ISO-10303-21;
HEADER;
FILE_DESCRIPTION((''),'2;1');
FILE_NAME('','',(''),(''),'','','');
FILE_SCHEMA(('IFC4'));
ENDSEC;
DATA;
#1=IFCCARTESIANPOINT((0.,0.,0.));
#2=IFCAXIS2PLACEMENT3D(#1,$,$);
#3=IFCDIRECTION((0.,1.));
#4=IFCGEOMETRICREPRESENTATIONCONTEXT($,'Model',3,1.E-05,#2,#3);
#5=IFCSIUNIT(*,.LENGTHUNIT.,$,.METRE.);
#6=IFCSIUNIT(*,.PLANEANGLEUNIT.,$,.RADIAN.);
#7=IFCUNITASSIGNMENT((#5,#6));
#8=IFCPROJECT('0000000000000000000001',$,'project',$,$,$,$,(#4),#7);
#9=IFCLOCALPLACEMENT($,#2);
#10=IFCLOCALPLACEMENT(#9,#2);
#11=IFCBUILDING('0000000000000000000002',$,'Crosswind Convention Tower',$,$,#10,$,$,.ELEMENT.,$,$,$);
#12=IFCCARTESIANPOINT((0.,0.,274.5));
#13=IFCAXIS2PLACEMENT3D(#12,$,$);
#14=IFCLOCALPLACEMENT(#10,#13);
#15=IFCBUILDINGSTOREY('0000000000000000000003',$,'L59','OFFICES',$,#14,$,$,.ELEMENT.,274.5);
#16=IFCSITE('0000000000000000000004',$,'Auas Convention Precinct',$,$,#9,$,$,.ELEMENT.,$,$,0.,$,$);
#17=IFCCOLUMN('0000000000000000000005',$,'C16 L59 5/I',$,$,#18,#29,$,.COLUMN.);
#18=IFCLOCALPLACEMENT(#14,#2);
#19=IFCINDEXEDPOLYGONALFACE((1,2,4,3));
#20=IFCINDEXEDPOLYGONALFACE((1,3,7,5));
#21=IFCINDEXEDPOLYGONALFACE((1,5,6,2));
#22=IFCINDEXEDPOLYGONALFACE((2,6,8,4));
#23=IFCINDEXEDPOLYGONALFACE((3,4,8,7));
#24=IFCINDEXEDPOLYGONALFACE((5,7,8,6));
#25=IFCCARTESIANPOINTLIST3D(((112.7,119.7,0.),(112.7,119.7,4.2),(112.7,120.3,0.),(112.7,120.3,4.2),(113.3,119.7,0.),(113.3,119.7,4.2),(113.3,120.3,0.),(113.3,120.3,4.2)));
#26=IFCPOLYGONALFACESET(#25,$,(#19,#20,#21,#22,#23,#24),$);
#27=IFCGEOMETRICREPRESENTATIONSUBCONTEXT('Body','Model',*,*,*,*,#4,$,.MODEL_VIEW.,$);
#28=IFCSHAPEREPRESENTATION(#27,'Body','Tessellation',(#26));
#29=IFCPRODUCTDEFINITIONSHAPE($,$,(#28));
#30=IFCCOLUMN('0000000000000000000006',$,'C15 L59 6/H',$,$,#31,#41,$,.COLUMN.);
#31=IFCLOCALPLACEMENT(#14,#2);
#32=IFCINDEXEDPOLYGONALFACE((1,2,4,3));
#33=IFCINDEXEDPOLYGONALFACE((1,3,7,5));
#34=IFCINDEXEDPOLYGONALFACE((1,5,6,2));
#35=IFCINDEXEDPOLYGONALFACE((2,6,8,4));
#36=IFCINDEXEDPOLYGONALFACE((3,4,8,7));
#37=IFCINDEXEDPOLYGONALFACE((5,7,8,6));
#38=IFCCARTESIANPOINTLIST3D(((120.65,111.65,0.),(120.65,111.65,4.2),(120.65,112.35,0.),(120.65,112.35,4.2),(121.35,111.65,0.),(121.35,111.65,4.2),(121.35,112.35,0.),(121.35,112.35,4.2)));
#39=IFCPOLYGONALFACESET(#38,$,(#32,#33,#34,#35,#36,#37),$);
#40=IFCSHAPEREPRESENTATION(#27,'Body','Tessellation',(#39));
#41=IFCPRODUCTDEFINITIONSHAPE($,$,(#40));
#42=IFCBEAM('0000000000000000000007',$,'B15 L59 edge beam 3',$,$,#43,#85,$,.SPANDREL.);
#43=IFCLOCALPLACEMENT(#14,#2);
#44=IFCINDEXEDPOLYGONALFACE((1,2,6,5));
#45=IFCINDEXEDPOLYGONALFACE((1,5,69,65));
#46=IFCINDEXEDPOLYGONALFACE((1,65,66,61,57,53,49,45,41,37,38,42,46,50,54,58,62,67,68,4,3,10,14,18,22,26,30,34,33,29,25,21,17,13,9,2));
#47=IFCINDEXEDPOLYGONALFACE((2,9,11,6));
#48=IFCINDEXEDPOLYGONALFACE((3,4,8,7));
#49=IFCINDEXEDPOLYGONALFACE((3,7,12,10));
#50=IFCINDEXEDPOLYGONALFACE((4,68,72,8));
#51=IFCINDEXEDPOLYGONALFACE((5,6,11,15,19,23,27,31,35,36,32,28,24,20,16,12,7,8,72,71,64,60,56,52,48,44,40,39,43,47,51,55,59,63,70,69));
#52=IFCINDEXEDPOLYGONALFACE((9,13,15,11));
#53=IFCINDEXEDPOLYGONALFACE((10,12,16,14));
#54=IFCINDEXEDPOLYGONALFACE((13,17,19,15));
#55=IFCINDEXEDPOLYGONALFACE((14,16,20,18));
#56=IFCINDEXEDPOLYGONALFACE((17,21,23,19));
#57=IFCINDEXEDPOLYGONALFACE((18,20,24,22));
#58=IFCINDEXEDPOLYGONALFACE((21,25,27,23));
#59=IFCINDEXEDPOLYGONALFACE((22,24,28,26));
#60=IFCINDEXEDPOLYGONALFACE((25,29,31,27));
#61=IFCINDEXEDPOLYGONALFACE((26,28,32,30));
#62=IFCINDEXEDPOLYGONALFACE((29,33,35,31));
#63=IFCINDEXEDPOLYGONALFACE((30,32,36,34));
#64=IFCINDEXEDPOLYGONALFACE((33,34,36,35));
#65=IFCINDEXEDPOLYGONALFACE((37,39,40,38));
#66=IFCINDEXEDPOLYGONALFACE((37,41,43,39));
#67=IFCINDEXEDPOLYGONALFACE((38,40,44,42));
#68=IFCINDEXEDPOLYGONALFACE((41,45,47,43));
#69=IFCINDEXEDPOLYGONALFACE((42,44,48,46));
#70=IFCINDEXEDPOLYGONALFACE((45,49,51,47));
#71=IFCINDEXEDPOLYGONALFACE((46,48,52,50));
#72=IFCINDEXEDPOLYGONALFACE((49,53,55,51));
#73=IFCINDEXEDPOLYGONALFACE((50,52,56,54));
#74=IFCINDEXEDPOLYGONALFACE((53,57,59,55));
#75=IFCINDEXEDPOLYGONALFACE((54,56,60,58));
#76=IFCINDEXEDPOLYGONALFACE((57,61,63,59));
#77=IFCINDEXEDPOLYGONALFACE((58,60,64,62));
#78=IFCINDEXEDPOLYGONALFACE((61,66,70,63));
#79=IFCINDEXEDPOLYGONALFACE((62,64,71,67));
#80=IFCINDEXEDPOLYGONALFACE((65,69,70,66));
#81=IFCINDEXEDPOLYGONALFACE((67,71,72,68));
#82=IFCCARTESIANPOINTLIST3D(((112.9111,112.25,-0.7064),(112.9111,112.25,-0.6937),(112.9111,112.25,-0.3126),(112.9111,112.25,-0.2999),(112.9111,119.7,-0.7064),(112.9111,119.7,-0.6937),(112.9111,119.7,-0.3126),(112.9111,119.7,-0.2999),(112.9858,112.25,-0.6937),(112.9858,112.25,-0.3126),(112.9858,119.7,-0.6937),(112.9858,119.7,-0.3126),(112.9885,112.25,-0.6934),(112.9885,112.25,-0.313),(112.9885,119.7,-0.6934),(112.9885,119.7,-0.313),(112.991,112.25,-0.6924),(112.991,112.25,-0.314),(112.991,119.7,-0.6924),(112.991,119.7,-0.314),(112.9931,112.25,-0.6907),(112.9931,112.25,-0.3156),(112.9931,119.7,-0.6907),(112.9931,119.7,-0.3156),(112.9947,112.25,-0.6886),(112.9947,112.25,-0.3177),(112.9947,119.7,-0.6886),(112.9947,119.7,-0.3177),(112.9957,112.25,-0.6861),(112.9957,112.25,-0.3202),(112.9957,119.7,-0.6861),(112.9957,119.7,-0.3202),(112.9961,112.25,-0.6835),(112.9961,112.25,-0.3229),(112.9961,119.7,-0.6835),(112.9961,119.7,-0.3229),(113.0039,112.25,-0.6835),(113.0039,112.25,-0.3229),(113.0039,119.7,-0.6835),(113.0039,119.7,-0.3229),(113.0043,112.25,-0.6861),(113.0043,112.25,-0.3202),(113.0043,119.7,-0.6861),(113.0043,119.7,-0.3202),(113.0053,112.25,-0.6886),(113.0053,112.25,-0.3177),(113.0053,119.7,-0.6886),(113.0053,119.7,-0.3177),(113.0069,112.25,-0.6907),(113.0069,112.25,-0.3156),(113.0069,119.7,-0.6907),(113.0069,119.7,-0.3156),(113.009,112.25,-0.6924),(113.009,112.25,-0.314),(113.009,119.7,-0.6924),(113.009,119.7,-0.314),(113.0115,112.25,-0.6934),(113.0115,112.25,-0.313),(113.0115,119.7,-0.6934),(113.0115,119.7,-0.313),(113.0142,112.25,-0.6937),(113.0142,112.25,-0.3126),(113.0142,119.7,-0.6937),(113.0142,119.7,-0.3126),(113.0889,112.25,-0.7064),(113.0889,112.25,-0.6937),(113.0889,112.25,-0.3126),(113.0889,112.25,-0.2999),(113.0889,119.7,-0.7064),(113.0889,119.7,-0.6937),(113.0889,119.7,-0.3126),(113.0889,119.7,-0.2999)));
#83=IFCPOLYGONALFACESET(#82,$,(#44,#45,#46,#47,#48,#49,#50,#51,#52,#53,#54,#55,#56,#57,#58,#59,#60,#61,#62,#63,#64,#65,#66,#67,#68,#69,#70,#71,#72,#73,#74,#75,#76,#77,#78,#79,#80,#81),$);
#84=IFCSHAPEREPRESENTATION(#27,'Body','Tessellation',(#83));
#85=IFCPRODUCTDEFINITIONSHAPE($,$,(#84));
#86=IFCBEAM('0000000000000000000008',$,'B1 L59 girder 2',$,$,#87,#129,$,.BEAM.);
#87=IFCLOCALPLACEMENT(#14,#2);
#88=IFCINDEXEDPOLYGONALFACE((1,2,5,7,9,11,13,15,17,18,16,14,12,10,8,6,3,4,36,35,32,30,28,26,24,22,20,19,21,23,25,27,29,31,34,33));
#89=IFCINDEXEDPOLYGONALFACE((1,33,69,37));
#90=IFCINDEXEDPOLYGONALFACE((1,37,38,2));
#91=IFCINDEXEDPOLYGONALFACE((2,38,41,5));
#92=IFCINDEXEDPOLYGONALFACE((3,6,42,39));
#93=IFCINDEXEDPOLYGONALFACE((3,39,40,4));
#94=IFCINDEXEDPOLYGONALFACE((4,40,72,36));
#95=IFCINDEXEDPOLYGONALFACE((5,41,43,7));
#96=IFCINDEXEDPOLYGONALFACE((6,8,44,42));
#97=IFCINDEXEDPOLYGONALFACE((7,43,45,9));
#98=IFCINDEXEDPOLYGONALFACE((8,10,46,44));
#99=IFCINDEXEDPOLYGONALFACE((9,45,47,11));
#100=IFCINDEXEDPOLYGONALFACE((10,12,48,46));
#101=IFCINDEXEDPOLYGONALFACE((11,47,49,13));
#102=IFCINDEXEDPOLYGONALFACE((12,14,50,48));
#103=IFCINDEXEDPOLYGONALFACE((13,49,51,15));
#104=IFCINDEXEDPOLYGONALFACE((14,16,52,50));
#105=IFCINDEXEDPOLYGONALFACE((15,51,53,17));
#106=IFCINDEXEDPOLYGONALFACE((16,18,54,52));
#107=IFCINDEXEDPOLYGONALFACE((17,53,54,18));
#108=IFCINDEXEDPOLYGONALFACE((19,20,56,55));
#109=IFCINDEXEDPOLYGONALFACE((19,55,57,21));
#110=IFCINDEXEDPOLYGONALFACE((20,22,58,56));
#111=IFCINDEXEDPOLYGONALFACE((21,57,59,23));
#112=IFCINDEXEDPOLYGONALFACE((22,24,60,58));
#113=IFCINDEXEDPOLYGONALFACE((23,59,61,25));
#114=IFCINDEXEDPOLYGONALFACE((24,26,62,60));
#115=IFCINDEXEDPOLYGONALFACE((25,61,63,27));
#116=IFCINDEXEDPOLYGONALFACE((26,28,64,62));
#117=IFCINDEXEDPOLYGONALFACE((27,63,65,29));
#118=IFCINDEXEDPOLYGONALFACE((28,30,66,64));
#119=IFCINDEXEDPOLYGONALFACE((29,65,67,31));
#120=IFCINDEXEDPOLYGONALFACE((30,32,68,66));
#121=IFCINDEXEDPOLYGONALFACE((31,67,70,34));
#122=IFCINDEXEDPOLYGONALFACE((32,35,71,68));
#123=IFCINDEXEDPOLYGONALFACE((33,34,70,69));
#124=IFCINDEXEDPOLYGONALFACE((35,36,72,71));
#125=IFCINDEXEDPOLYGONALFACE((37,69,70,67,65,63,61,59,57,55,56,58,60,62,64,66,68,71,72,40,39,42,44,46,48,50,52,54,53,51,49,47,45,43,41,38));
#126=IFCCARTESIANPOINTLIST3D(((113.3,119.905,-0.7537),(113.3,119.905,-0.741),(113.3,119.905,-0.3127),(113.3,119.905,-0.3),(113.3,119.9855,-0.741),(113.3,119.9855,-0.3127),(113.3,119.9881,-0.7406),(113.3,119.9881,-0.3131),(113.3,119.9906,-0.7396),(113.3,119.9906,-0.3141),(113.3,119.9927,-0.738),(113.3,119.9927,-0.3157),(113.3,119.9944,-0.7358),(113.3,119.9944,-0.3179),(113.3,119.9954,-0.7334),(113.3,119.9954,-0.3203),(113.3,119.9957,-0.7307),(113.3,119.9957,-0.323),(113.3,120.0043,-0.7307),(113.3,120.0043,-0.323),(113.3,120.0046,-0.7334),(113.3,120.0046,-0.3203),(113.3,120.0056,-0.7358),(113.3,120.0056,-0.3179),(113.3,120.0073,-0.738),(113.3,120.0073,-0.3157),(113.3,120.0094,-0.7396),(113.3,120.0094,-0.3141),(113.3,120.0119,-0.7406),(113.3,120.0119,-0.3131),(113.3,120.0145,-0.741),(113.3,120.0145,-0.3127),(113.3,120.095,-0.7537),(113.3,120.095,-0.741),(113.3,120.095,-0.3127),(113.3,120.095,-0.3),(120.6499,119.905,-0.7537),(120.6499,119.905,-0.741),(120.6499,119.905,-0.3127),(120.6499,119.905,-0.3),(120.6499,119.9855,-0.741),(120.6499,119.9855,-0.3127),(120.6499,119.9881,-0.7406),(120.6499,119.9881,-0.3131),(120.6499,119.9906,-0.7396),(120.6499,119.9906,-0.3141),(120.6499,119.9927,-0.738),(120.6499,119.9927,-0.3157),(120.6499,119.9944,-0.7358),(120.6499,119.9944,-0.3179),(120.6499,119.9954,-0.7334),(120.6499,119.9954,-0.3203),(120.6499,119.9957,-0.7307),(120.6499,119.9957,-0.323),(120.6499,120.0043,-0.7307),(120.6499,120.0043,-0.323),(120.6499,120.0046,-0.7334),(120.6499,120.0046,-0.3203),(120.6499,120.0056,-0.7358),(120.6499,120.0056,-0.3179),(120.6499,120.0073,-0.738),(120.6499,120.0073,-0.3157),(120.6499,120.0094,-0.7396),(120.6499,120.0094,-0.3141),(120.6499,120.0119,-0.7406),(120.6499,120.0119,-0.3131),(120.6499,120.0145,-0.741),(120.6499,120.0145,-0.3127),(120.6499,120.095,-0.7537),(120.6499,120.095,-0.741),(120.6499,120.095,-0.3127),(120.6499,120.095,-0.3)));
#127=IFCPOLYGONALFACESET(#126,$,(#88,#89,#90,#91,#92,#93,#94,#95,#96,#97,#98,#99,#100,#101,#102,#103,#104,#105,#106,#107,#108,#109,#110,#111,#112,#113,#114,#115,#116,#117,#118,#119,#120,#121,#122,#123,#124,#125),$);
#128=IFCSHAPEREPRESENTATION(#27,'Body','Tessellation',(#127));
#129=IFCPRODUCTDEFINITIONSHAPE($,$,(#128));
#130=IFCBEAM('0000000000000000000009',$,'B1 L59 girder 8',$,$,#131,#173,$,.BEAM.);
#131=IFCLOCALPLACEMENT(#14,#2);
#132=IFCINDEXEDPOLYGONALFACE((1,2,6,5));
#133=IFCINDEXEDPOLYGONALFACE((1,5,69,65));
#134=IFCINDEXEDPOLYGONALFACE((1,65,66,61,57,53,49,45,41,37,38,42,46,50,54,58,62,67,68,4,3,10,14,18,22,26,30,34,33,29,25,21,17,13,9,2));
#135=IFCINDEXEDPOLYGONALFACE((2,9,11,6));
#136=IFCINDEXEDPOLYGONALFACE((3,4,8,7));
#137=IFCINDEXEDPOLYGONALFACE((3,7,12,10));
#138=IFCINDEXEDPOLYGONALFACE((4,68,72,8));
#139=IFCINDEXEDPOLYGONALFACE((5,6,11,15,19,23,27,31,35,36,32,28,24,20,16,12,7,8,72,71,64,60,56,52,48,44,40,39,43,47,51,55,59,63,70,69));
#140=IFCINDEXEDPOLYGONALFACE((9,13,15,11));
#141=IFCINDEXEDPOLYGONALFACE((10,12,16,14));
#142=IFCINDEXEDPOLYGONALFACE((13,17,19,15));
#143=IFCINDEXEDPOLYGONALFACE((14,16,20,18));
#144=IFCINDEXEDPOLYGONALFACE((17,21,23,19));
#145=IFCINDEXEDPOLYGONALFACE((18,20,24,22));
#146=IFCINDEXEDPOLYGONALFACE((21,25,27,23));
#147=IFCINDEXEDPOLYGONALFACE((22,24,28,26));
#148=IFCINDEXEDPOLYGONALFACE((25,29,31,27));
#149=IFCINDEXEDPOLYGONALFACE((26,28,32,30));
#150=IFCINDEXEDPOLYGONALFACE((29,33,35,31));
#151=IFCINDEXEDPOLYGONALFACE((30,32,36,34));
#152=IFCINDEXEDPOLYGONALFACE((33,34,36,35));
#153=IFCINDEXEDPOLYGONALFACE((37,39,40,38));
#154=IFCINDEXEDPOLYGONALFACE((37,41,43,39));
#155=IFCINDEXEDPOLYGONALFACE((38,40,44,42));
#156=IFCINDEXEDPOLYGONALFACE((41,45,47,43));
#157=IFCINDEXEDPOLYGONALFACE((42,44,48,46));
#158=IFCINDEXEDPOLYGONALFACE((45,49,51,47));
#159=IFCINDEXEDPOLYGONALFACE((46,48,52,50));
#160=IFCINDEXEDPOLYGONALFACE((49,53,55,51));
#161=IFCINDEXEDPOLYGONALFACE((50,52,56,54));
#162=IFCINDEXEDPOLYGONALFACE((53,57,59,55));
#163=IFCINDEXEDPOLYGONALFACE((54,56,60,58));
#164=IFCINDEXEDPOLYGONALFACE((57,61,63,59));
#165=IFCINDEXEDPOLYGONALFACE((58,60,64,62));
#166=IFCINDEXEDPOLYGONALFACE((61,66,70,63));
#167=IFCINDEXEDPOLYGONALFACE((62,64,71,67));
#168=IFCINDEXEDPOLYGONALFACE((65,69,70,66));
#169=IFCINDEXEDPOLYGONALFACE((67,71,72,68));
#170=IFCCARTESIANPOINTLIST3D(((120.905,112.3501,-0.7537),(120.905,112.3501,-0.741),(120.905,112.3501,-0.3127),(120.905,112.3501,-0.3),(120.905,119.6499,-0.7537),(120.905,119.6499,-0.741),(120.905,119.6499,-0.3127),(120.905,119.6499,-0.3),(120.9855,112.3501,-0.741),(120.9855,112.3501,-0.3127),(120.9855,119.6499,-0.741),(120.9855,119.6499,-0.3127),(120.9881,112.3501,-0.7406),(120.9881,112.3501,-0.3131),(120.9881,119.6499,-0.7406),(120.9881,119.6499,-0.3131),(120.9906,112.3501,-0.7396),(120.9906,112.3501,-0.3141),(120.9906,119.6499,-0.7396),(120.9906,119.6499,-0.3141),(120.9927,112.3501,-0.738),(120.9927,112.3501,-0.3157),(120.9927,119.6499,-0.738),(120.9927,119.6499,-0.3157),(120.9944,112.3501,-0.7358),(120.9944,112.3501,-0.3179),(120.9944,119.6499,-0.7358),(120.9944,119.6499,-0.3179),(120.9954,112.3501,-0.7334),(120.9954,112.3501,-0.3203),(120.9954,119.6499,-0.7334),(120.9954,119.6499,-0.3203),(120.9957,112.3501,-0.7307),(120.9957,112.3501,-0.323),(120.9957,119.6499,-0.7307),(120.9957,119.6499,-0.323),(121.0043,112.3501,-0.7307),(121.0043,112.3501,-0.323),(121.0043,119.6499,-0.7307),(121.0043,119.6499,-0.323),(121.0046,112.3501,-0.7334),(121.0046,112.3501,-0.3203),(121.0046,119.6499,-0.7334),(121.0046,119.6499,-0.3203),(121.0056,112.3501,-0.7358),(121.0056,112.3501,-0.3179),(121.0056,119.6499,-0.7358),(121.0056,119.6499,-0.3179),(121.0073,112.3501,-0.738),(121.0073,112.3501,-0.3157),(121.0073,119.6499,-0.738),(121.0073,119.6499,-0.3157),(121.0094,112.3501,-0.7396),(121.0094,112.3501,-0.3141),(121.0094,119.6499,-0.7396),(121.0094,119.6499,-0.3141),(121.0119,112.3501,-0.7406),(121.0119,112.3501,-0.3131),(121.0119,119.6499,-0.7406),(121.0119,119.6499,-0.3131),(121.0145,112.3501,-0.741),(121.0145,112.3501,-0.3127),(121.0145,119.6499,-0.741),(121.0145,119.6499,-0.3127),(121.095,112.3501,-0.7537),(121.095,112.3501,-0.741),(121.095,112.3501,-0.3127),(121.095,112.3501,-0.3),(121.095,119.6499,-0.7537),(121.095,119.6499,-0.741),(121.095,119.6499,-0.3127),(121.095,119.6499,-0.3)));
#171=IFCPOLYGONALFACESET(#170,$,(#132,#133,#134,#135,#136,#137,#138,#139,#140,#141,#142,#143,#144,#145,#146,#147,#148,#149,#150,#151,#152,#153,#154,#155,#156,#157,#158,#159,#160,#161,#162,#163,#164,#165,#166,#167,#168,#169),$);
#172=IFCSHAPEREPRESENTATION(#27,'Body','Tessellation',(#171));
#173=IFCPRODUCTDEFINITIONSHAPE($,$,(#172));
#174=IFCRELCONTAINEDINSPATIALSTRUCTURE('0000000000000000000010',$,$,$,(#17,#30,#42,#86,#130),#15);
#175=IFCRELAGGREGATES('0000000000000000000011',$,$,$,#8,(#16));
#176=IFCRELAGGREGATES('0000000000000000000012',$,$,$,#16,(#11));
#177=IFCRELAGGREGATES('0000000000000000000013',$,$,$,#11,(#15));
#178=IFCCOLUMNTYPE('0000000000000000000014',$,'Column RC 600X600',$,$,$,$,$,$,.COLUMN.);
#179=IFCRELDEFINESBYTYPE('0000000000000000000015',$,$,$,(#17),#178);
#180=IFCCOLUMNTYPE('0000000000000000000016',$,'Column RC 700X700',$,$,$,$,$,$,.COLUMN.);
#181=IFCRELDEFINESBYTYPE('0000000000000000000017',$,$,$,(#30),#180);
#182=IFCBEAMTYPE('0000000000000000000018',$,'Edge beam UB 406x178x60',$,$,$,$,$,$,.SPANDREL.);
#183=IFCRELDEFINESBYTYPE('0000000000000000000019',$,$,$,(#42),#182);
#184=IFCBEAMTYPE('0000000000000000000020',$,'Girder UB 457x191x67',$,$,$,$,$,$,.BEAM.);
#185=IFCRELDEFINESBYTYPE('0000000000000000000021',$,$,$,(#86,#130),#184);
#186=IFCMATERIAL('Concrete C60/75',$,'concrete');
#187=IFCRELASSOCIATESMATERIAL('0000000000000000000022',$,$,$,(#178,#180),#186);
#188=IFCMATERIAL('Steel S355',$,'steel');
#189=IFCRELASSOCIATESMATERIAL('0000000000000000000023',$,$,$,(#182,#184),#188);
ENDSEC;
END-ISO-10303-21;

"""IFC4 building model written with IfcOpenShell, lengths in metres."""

from ifc_helpers import new_model, si_unit, direction, frame, origin, origin_2d, place, context, subcontext, project, spatial, rectangle, i_section, extrude, material, material_profile, profile_set, type_object, element, save


model = new_model("IFC4")

# Units and contexts
model_context = context("Model", 3, precision=1e-05, world=origin(), true_north=direction((0.0, 1.0)))
body_context = subcontext(model_context, "Body", "Model", "MODEL_VIEW")
ifc_project = project(units=[si_unit("LENGTHUNIT", "METRE"), si_unit("PLANEANGLEUNIT", "RADIAN")], contexts=[model_context])

# Site, building, storey
site_placement = place(None, origin())
site = spatial("IfcSite", under=ifc_project, at=site_placement, Name="Auas Convention Precinct", CompositionType="ELEMENT", RefElevation=0.0)
building_placement = place(site_placement, origin())
building = spatial("IfcBuilding", under=site, at=building_placement, Name="Crosswind Convention Tower", CompositionType="ELEMENT")
storey_placement = place(building_placement, frame((0.0, 0.0, 274.5)))
storey = spatial("IfcBuildingStorey", under=building, at=storey_placement, Name="L59", Description="OFFICES", CompositionType="ELEMENT", Elevation=274.5)

# Columns
ifc_material_1 = material(Name="Concrete C60/75", Category="concrete")
ifc_material_profile_1 = material_profile(ifc_material_1, rectangle(XDim=0.6001, YDim=0.6001, at=origin_2d()), Name="RC 600X600")
ifc_profile_set_1 = profile_set([ifc_material_profile_1], Name="Concrete C60/75")
column_type_1 = type_object("IfcColumnType", Name="Column RC 600X600", PredefinedType="COLUMN", material=ifc_profile_set_1)
column_1_placement = place(storey_placement, frame((113.0, 120.0, 0.0), z_axis=(0.0, 0.0, 1.0), x_axis=(1.0, 0.0, 0.0)))
element("IfcColumn", 1, at=column_1_placement, inside=storey, type_object=column_type_1, Name="C16 L59 5/I", PredefinedType="COLUMN", context=body_context, shape_type="SweptSolid", body=[
    extrude(rectangle(XDim=0.6001, YDim=0.6001, at=origin_2d()), origin(), (0.0, 0.0, 1.0), 4.2),
])
ifc_material_profile_2 = material_profile(ifc_material_1, rectangle(XDim=0.7, YDim=0.7, at=origin_2d()), Name="RC 700X700")
ifc_profile_set_2 = profile_set([ifc_material_profile_2], Name="Concrete C60/75")
column_type_2 = type_object("IfcColumnType", Name="Column RC 700X700", PredefinedType="COLUMN", material=ifc_profile_set_2)
column_2_placement = place(storey_placement, frame((121.0, 112.0, 0.0), z_axis=(0.0, 0.0, 1.0), x_axis=(1.0, 0.0, 0.0)))
element("IfcColumn", 2, at=column_2_placement, inside=storey, type_object=column_type_2, Name="C15 L59 6/H", PredefinedType="COLUMN", context=body_context, shape_type="SweptSolid", body=[
    extrude(rectangle(XDim=0.7, YDim=0.7, at=origin_2d()), origin(), (0.0, 0.0, 1.0), 4.2),
])

# Beams
ifc_material_2 = material(Name="Steel S355", Category="steel")
ifc_material_profile_3 = material_profile(ifc_material_2, i_section(OverallWidth=0.1777, OverallDepth=0.4065, WebThickness=0.0078, FlangeThickness=0.0127, FilletRadius=0.0103, at=origin_2d()), Name="UB 406x178x60")
ifc_profile_set_3 = profile_set([ifc_material_profile_3], Name="Steel S355")
beam_type_1 = type_object("IfcBeamType", Name="Edge beam UB 406x178x60", PredefinedType="SPANDREL", material=ifc_profile_set_3)
beam_1_placement = place(storey_placement, frame((113.0, 112.25, -0.5032), z_axis=(0.0, 1.0, 0.0), x_axis=(-1.0, 0.0, 0.0)))
element("IfcBeam", 3, at=beam_1_placement, inside=storey, type_object=beam_type_1, Name="B15 L59 edge beam 3", PredefinedType="SPANDREL", context=body_context, shape_type="SweptSolid", body=[
    extrude(i_section(OverallWidth=0.1777, OverallDepth=0.4065, WebThickness=0.0078, FlangeThickness=0.0127, FilletRadius=0.0103, at=origin_2d()), origin(), (0.0, 0.0, 1.0), 7.45),
])
ifc_material_profile_4 = material_profile(ifc_material_2, i_section(OverallWidth=0.1899, OverallDepth=0.4536, WebThickness=0.0085, FlangeThickness=0.0127, FilletRadius=0.0103, at=origin_2d()), Name="UB 457x191x67")
ifc_profile_set_4 = profile_set([ifc_material_profile_4], Name="Steel S355")
beam_type_2 = type_object("IfcBeamType", Name="Girder UB 457x191x67", PredefinedType="BEAM", material=ifc_profile_set_4)
beam_2_placement = place(storey_placement, frame((113.3, 120.0, -0.5269), z_axis=(1.0, 0.0, 0.0), x_axis=(0.0, 1.0, 0.0)))
element("IfcBeam", 4, at=beam_2_placement, inside=storey, type_object=beam_type_2, Name="B1 L59 girder 2", PredefinedType="BEAM", context=body_context, shape_type="SweptSolid", body=[
    extrude(i_section(OverallWidth=0.1899, OverallDepth=0.4536, WebThickness=0.0085, FlangeThickness=0.0127, FilletRadius=0.0103, at=origin_2d()), origin(), (0.0, 0.0, 1.0), 7.3499),
])
beam_3_placement = place(storey_placement, frame((121.0, 112.3501, -0.5269), z_axis=(0.0, 1.0, 0.0), x_axis=(-1.0, 0.0, 0.0)))
element("IfcBeam", 5, at=beam_3_placement, inside=storey, type_object=beam_type_2, Name="B1 L59 girder 8", PredefinedType="BEAM", context=body_context, shape_type="SweptSolid", body=[
    extrude(i_section(OverallWidth=0.1899, OverallDepth=0.4536, WebThickness=0.0085, FlangeThickness=0.0127, FilletRadius=0.0103, at=origin_2d()), origin(), (0.0, 0.0, 1.0), 7.2998),
])

save(model, "model.ifc")
